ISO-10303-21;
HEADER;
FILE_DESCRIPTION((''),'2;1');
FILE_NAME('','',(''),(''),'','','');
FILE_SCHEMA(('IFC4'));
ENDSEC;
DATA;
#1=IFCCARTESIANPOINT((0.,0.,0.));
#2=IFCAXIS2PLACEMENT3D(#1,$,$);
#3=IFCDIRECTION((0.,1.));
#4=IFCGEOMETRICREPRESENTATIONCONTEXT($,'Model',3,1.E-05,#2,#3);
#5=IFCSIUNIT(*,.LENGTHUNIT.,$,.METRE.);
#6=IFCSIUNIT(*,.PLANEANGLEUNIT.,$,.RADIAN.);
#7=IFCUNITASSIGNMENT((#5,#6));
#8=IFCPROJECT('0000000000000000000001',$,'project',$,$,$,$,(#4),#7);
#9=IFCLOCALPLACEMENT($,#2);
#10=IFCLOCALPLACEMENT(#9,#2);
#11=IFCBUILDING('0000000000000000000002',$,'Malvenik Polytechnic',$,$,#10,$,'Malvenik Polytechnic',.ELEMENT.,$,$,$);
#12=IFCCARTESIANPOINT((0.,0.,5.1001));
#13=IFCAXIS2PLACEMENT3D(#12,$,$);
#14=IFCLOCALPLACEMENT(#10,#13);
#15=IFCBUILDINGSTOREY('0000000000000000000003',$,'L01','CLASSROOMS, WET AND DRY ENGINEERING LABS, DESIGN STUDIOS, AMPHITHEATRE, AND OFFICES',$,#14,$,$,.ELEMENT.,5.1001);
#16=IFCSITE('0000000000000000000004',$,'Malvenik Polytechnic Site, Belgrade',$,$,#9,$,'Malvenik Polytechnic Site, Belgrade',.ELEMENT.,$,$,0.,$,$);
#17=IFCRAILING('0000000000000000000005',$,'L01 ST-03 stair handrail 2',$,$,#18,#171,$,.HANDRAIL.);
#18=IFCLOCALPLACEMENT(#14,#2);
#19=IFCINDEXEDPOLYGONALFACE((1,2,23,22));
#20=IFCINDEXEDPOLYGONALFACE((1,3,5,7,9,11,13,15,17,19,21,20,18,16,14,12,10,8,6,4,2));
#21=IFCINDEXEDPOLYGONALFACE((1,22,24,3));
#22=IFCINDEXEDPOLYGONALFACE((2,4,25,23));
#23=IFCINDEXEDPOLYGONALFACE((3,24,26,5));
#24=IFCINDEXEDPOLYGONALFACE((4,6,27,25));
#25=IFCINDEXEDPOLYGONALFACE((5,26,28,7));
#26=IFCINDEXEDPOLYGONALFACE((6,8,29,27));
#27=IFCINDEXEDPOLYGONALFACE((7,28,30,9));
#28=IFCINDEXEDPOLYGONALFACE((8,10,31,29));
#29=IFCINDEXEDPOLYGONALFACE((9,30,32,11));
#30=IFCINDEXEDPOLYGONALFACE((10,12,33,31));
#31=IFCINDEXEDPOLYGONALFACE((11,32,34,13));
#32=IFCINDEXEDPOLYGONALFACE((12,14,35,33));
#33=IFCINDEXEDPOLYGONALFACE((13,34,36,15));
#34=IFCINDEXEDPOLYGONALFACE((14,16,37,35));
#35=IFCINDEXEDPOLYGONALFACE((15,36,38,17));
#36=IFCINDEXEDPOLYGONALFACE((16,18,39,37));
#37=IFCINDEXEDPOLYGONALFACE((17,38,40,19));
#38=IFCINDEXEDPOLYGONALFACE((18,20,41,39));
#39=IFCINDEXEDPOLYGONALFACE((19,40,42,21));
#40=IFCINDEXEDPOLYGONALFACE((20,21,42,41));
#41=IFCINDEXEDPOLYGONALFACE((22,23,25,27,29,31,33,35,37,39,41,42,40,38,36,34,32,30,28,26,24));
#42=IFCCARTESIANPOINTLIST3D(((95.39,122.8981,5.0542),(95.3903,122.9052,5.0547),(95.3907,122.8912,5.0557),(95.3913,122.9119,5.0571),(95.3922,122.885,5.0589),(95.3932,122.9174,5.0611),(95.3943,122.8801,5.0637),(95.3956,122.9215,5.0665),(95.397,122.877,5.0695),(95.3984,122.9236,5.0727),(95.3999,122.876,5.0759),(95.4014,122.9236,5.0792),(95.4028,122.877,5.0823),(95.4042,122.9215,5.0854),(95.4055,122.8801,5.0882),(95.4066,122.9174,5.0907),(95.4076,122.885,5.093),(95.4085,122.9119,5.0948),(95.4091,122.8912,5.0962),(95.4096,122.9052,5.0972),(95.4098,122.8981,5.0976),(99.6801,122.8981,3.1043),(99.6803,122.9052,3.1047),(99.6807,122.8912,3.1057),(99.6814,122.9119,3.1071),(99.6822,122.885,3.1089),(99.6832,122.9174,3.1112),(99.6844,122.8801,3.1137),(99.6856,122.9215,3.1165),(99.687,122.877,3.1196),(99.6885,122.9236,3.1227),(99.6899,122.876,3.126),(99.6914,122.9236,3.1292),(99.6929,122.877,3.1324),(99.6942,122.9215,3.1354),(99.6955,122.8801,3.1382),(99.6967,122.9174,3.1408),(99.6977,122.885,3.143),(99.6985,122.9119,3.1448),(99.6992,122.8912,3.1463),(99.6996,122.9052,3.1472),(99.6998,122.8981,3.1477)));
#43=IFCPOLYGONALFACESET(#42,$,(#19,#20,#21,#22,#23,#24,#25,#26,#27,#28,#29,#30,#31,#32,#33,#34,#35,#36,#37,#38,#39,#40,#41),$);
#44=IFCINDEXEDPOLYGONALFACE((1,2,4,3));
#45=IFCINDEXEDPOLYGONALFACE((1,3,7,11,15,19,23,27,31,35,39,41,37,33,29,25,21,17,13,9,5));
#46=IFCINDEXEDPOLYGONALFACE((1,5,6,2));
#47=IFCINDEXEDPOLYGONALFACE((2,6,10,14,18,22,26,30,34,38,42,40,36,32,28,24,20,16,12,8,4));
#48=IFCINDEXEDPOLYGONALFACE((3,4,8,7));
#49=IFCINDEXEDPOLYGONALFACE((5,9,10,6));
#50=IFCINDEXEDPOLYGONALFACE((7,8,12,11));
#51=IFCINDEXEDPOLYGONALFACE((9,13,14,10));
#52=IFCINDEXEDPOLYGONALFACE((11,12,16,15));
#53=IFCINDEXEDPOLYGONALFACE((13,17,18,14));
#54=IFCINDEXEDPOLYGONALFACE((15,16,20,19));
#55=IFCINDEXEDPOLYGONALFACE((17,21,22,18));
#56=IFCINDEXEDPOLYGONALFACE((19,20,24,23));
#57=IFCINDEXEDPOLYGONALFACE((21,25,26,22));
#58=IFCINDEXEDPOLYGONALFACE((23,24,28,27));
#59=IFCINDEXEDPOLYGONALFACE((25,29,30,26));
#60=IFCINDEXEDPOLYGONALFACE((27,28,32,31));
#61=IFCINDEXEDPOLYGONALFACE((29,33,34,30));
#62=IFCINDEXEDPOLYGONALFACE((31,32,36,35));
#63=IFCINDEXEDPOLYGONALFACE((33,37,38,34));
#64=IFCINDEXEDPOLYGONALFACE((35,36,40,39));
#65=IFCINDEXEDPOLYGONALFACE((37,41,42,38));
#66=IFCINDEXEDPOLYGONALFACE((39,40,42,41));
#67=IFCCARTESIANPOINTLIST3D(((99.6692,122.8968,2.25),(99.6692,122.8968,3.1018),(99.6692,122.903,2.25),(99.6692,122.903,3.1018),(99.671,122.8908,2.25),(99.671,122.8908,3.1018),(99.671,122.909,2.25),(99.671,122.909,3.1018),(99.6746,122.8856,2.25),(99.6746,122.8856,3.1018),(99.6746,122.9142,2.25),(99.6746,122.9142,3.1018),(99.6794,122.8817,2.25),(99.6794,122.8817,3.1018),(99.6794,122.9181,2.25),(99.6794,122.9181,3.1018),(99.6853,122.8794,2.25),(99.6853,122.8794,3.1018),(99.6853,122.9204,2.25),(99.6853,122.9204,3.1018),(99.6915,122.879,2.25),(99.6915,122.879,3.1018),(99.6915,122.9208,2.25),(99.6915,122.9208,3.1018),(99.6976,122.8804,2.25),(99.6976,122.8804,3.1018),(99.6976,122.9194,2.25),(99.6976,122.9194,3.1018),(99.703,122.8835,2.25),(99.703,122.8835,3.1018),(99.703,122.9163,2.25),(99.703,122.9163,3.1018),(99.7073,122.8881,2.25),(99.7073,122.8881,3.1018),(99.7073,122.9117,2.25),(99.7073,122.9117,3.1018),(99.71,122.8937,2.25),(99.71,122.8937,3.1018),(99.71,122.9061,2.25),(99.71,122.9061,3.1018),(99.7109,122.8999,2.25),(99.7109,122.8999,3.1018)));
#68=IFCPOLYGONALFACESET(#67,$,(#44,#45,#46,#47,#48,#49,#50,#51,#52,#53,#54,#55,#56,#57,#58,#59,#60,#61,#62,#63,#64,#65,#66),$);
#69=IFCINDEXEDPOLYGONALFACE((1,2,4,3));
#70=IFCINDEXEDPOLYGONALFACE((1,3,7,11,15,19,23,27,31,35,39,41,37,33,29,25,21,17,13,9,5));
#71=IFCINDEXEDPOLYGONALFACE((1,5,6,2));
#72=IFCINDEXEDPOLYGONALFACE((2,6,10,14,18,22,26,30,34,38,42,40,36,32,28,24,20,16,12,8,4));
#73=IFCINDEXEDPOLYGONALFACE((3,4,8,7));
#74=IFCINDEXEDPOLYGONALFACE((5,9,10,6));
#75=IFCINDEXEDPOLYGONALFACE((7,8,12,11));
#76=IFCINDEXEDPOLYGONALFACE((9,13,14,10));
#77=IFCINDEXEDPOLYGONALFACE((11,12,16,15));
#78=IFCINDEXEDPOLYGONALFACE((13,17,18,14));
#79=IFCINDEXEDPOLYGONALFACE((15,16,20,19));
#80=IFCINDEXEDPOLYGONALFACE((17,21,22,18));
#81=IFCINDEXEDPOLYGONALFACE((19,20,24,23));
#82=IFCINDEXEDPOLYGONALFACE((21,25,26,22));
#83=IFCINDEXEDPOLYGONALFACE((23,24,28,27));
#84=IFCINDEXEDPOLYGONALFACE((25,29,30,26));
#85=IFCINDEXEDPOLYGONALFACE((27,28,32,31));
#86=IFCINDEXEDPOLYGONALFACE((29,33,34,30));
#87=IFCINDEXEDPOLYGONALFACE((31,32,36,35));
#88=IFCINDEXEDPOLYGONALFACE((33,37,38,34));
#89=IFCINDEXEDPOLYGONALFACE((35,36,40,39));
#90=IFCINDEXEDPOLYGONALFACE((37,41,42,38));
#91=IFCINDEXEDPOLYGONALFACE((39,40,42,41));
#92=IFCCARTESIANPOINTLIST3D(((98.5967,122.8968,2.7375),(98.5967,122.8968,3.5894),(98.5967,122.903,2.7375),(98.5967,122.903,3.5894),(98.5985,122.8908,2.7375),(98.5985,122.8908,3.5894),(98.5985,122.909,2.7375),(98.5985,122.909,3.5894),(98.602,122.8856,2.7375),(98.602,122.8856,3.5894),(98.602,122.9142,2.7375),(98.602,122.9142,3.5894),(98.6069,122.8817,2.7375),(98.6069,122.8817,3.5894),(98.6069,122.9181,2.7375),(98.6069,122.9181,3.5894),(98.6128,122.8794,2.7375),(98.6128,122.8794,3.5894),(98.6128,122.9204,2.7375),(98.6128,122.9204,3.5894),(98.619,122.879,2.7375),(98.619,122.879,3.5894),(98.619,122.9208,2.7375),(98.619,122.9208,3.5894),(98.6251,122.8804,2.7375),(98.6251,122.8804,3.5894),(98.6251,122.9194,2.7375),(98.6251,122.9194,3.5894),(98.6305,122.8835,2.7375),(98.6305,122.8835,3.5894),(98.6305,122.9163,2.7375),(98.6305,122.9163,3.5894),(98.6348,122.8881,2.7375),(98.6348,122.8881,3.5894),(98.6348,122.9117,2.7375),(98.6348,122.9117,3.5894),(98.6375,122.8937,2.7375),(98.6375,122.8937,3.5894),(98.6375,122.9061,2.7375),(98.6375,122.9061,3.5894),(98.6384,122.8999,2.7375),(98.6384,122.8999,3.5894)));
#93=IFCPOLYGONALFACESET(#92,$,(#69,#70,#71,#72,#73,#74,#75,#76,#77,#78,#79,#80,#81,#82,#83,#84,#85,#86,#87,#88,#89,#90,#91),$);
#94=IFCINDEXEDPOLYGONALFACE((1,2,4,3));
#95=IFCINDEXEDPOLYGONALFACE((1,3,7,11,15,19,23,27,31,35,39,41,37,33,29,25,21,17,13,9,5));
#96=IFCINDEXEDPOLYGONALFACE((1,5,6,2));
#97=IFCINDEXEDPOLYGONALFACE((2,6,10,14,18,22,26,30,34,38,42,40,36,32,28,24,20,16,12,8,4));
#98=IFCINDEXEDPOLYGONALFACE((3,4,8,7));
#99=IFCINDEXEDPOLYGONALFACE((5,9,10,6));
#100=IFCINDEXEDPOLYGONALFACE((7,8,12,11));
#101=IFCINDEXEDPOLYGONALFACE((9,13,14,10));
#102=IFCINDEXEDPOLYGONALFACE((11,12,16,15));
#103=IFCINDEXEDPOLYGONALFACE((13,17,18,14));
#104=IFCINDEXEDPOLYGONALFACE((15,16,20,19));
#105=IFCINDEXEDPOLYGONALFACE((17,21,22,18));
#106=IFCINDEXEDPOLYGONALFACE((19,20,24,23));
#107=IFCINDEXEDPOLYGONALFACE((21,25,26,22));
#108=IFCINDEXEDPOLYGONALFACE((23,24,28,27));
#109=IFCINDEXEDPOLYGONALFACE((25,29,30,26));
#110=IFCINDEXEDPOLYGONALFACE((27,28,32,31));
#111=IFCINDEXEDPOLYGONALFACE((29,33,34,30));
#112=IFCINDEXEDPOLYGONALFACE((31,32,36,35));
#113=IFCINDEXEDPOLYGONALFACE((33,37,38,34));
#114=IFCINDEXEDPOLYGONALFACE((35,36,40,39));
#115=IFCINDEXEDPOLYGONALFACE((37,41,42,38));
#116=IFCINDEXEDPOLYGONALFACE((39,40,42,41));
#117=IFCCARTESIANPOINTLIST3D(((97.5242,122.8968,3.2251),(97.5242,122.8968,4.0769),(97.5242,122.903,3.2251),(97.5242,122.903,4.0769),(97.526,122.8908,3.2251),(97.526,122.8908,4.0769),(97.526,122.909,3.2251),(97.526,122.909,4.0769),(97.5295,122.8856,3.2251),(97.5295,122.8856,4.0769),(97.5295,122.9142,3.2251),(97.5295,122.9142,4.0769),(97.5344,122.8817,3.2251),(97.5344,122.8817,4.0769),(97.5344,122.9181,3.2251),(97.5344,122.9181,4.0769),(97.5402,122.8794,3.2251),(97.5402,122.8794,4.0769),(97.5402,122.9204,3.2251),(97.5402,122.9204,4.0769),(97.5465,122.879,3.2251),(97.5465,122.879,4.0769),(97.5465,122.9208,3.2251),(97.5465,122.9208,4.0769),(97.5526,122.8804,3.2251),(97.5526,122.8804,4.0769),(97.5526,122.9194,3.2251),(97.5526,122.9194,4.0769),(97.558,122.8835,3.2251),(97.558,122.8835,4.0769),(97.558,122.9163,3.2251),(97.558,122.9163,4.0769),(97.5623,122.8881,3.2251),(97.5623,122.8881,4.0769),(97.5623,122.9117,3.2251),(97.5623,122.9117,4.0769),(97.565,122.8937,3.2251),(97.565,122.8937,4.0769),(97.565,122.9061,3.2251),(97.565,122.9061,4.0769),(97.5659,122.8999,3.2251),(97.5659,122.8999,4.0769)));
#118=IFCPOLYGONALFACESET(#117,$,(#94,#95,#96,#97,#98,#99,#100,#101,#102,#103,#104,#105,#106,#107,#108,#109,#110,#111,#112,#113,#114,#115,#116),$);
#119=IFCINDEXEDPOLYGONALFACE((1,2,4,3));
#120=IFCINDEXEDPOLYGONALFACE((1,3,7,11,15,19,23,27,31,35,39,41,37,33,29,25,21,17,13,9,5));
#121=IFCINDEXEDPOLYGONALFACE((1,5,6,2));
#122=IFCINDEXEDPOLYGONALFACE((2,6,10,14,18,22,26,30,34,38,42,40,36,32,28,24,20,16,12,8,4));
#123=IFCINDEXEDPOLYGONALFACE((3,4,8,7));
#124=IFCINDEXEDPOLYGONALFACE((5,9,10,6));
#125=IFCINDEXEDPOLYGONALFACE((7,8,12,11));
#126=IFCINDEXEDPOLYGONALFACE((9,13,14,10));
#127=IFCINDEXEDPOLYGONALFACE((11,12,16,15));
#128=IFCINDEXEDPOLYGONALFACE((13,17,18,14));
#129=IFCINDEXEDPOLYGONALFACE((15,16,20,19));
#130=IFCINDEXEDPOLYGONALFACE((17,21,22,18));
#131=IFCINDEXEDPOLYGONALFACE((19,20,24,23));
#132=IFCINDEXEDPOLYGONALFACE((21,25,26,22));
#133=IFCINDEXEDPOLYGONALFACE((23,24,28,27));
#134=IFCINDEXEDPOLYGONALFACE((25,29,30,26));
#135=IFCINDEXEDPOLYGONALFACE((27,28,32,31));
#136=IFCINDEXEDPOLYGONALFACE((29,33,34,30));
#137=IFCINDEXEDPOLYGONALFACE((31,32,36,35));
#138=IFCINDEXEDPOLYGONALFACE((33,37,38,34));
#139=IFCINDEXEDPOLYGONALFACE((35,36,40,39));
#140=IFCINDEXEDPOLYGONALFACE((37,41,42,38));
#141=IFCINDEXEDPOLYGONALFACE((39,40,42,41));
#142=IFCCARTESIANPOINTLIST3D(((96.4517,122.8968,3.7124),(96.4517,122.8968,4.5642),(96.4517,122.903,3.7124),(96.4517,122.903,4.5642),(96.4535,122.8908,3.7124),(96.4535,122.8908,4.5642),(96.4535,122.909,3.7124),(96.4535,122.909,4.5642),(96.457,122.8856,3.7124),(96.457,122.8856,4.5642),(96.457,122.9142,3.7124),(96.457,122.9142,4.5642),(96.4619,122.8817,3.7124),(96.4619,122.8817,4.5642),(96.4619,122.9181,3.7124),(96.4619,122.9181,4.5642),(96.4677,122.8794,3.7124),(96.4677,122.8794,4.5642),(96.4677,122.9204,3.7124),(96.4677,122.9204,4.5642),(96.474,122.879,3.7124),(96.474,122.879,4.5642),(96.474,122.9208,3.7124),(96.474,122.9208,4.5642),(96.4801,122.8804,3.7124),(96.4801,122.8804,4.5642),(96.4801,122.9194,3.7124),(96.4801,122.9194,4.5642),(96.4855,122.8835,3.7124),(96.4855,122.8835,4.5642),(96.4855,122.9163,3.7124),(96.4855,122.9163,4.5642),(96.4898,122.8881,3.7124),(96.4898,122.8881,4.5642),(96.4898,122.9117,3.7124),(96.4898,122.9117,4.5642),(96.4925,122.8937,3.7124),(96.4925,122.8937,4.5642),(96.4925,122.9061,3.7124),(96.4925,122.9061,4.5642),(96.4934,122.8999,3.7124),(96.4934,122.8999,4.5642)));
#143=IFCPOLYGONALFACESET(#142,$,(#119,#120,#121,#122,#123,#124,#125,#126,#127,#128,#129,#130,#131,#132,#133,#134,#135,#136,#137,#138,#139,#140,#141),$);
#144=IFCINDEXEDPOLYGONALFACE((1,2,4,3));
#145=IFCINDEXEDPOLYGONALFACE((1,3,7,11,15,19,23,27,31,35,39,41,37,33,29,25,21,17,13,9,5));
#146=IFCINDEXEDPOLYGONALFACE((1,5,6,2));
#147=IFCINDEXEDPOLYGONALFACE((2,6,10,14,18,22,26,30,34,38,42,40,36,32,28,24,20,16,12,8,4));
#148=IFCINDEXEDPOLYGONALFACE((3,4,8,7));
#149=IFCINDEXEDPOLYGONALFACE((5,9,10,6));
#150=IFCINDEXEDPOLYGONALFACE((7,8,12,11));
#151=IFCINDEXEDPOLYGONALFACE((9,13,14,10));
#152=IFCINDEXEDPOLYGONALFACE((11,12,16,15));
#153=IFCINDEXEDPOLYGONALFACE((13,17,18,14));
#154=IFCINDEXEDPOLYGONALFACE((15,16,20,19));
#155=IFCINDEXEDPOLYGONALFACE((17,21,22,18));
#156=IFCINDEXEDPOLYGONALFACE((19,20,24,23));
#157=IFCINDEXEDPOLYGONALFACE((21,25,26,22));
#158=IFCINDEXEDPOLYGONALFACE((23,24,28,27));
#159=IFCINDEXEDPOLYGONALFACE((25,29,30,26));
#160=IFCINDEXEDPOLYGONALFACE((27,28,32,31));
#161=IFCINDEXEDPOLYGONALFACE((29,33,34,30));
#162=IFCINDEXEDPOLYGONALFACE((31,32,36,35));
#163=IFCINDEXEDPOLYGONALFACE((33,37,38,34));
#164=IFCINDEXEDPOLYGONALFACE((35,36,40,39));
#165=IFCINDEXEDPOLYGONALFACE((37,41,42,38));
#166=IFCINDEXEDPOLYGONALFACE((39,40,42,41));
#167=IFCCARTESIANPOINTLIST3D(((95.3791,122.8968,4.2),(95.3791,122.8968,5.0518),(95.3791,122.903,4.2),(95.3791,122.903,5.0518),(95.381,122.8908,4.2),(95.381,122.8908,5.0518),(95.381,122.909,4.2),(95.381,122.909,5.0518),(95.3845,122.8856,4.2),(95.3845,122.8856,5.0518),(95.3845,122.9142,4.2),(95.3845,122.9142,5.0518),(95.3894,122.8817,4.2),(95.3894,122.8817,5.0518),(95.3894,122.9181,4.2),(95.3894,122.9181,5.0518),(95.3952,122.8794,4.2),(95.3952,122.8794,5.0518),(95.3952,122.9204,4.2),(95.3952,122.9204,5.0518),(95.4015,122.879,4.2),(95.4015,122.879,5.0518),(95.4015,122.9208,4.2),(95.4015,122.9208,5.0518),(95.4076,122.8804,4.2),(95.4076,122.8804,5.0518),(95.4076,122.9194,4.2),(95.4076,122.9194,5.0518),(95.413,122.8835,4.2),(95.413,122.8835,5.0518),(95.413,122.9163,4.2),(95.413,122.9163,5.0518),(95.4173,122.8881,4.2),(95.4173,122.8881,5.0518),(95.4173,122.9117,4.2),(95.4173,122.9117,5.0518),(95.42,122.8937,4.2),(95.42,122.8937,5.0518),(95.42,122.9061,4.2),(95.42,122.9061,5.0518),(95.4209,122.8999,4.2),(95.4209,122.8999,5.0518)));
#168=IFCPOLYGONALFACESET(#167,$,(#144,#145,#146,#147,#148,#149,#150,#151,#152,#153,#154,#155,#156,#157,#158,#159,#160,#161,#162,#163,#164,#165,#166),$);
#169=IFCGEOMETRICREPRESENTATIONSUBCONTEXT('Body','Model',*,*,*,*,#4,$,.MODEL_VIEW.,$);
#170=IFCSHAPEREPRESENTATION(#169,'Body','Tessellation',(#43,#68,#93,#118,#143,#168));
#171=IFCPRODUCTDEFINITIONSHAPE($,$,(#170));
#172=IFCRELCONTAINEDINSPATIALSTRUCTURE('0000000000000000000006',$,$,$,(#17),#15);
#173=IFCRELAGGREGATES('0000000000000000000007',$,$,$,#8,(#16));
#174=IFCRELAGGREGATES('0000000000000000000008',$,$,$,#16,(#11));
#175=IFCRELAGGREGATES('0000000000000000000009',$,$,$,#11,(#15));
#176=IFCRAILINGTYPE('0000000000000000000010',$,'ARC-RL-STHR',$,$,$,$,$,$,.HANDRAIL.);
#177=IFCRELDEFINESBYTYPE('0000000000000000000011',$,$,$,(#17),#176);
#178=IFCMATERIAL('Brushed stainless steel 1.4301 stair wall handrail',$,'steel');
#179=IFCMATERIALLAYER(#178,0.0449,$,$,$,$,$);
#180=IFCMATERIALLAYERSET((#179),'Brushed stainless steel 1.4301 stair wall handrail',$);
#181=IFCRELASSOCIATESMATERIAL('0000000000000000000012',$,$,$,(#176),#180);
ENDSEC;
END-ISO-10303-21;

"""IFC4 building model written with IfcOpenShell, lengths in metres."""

from ifc_helpers import new_model, si_unit, direction, frame, origin, origin_2d, place, context, subcontext, project, spatial, circle, extrude, material, layer, layer_set, type_object, element, save


model = new_model("IFC4")

# Units and contexts
model_context = context("Model", 3, precision=1e-05, world=origin(), true_north=direction((0.0, 1.0)))
body_context = subcontext(model_context, "Body", "Model", "MODEL_VIEW")
ifc_project = project(units=[si_unit("LENGTHUNIT", "METRE"), si_unit("PLANEANGLEUNIT", "RADIAN")], contexts=[model_context])

# Site, building, storey
site_placement = place(None, origin())
site = spatial("IfcSite", under=ifc_project, at=site_placement, Name="Malvenik Polytechnic Site, Belgrade", LongName="Malvenik Polytechnic Site, Belgrade", CompositionType="ELEMENT", RefElevation=0.0)
building_placement = place(site_placement, origin())
building = spatial("IfcBuilding", under=site, at=building_placement, Name="Malvenik Polytechnic", LongName="Malvenik Polytechnic", CompositionType="ELEMENT")
storey_placement = place(building_placement, frame((0.0, 0.0, 5.1001)))
storey = spatial("IfcBuildingStorey", under=building, at=storey_placement, Name="L01", Description="CLASSROOMS, WET AND DRY ENGINEERING LABS, DESIGN STUDIOS, AMPHITHEATRE, AND OFFICES", CompositionType="ELEMENT", Elevation=5.1001)

# Railing
ifc_material_1 = material(Name="Brushed stainless steel 1.4301 stair wall handrail", Category="steel")
ifc_layer_1 = layer(ifc_material_1, 0.0449)
ifc_layer_set_1 = layer_set([ifc_layer_1], Name="Brushed stainless steel 1.4301 stair wall handrail")
railing_type_1 = type_object("IfcRailingType", Name="ARC-RL-STHR", PredefinedType="HANDRAIL", material=ifc_layer_set_1)
railing_1_placement = place(storey_placement, frame((99.6899, 122.8999, 2.25)))
element("IfcRailing", 1, at=railing_1_placement, inside=storey, type_object=railing_type_1, Name="L01 ST-03 stair handrail 2", PredefinedType="HANDRAIL", context=body_context, shape_type="SweptSolid", body=[
    extrude(circle(Radius=0.0239, at=origin_2d()), frame((0.0, 0.0, 0.876), z_axis=(-0.910372, 0.0, 0.413791), x_axis=(0.0, -1.0, 0.0)), (0.0, 0.0, 1.0), 4.7124),
    extrude(circle(Radius=0.021, at=origin_2d()), origin(), (0.0, 0.0, 1.0), 0.8518),
    extrude(circle(Radius=0.021, at=origin_2d()), frame((-1.0725, 0.0, 0.4875)), (0.0, 0.0, 1.0), 0.8518),
    extrude(circle(Radius=0.021, at=origin_2d()), frame((-2.145, 0.0, 0.9751)), (0.0, 0.0, 1.0), 0.8518),
    extrude(circle(Radius=0.021, at=origin_2d()), frame((-3.2175, 0.0, 1.4624)), (0.0, 0.0, 1.0), 0.8518),
    extrude(circle(Radius=0.021, at=origin_2d()), frame((-4.29, 0.0, 1.95)), (0.0, 0.0, 1.0), 0.8518),
])

save(model, "model.ifc")
